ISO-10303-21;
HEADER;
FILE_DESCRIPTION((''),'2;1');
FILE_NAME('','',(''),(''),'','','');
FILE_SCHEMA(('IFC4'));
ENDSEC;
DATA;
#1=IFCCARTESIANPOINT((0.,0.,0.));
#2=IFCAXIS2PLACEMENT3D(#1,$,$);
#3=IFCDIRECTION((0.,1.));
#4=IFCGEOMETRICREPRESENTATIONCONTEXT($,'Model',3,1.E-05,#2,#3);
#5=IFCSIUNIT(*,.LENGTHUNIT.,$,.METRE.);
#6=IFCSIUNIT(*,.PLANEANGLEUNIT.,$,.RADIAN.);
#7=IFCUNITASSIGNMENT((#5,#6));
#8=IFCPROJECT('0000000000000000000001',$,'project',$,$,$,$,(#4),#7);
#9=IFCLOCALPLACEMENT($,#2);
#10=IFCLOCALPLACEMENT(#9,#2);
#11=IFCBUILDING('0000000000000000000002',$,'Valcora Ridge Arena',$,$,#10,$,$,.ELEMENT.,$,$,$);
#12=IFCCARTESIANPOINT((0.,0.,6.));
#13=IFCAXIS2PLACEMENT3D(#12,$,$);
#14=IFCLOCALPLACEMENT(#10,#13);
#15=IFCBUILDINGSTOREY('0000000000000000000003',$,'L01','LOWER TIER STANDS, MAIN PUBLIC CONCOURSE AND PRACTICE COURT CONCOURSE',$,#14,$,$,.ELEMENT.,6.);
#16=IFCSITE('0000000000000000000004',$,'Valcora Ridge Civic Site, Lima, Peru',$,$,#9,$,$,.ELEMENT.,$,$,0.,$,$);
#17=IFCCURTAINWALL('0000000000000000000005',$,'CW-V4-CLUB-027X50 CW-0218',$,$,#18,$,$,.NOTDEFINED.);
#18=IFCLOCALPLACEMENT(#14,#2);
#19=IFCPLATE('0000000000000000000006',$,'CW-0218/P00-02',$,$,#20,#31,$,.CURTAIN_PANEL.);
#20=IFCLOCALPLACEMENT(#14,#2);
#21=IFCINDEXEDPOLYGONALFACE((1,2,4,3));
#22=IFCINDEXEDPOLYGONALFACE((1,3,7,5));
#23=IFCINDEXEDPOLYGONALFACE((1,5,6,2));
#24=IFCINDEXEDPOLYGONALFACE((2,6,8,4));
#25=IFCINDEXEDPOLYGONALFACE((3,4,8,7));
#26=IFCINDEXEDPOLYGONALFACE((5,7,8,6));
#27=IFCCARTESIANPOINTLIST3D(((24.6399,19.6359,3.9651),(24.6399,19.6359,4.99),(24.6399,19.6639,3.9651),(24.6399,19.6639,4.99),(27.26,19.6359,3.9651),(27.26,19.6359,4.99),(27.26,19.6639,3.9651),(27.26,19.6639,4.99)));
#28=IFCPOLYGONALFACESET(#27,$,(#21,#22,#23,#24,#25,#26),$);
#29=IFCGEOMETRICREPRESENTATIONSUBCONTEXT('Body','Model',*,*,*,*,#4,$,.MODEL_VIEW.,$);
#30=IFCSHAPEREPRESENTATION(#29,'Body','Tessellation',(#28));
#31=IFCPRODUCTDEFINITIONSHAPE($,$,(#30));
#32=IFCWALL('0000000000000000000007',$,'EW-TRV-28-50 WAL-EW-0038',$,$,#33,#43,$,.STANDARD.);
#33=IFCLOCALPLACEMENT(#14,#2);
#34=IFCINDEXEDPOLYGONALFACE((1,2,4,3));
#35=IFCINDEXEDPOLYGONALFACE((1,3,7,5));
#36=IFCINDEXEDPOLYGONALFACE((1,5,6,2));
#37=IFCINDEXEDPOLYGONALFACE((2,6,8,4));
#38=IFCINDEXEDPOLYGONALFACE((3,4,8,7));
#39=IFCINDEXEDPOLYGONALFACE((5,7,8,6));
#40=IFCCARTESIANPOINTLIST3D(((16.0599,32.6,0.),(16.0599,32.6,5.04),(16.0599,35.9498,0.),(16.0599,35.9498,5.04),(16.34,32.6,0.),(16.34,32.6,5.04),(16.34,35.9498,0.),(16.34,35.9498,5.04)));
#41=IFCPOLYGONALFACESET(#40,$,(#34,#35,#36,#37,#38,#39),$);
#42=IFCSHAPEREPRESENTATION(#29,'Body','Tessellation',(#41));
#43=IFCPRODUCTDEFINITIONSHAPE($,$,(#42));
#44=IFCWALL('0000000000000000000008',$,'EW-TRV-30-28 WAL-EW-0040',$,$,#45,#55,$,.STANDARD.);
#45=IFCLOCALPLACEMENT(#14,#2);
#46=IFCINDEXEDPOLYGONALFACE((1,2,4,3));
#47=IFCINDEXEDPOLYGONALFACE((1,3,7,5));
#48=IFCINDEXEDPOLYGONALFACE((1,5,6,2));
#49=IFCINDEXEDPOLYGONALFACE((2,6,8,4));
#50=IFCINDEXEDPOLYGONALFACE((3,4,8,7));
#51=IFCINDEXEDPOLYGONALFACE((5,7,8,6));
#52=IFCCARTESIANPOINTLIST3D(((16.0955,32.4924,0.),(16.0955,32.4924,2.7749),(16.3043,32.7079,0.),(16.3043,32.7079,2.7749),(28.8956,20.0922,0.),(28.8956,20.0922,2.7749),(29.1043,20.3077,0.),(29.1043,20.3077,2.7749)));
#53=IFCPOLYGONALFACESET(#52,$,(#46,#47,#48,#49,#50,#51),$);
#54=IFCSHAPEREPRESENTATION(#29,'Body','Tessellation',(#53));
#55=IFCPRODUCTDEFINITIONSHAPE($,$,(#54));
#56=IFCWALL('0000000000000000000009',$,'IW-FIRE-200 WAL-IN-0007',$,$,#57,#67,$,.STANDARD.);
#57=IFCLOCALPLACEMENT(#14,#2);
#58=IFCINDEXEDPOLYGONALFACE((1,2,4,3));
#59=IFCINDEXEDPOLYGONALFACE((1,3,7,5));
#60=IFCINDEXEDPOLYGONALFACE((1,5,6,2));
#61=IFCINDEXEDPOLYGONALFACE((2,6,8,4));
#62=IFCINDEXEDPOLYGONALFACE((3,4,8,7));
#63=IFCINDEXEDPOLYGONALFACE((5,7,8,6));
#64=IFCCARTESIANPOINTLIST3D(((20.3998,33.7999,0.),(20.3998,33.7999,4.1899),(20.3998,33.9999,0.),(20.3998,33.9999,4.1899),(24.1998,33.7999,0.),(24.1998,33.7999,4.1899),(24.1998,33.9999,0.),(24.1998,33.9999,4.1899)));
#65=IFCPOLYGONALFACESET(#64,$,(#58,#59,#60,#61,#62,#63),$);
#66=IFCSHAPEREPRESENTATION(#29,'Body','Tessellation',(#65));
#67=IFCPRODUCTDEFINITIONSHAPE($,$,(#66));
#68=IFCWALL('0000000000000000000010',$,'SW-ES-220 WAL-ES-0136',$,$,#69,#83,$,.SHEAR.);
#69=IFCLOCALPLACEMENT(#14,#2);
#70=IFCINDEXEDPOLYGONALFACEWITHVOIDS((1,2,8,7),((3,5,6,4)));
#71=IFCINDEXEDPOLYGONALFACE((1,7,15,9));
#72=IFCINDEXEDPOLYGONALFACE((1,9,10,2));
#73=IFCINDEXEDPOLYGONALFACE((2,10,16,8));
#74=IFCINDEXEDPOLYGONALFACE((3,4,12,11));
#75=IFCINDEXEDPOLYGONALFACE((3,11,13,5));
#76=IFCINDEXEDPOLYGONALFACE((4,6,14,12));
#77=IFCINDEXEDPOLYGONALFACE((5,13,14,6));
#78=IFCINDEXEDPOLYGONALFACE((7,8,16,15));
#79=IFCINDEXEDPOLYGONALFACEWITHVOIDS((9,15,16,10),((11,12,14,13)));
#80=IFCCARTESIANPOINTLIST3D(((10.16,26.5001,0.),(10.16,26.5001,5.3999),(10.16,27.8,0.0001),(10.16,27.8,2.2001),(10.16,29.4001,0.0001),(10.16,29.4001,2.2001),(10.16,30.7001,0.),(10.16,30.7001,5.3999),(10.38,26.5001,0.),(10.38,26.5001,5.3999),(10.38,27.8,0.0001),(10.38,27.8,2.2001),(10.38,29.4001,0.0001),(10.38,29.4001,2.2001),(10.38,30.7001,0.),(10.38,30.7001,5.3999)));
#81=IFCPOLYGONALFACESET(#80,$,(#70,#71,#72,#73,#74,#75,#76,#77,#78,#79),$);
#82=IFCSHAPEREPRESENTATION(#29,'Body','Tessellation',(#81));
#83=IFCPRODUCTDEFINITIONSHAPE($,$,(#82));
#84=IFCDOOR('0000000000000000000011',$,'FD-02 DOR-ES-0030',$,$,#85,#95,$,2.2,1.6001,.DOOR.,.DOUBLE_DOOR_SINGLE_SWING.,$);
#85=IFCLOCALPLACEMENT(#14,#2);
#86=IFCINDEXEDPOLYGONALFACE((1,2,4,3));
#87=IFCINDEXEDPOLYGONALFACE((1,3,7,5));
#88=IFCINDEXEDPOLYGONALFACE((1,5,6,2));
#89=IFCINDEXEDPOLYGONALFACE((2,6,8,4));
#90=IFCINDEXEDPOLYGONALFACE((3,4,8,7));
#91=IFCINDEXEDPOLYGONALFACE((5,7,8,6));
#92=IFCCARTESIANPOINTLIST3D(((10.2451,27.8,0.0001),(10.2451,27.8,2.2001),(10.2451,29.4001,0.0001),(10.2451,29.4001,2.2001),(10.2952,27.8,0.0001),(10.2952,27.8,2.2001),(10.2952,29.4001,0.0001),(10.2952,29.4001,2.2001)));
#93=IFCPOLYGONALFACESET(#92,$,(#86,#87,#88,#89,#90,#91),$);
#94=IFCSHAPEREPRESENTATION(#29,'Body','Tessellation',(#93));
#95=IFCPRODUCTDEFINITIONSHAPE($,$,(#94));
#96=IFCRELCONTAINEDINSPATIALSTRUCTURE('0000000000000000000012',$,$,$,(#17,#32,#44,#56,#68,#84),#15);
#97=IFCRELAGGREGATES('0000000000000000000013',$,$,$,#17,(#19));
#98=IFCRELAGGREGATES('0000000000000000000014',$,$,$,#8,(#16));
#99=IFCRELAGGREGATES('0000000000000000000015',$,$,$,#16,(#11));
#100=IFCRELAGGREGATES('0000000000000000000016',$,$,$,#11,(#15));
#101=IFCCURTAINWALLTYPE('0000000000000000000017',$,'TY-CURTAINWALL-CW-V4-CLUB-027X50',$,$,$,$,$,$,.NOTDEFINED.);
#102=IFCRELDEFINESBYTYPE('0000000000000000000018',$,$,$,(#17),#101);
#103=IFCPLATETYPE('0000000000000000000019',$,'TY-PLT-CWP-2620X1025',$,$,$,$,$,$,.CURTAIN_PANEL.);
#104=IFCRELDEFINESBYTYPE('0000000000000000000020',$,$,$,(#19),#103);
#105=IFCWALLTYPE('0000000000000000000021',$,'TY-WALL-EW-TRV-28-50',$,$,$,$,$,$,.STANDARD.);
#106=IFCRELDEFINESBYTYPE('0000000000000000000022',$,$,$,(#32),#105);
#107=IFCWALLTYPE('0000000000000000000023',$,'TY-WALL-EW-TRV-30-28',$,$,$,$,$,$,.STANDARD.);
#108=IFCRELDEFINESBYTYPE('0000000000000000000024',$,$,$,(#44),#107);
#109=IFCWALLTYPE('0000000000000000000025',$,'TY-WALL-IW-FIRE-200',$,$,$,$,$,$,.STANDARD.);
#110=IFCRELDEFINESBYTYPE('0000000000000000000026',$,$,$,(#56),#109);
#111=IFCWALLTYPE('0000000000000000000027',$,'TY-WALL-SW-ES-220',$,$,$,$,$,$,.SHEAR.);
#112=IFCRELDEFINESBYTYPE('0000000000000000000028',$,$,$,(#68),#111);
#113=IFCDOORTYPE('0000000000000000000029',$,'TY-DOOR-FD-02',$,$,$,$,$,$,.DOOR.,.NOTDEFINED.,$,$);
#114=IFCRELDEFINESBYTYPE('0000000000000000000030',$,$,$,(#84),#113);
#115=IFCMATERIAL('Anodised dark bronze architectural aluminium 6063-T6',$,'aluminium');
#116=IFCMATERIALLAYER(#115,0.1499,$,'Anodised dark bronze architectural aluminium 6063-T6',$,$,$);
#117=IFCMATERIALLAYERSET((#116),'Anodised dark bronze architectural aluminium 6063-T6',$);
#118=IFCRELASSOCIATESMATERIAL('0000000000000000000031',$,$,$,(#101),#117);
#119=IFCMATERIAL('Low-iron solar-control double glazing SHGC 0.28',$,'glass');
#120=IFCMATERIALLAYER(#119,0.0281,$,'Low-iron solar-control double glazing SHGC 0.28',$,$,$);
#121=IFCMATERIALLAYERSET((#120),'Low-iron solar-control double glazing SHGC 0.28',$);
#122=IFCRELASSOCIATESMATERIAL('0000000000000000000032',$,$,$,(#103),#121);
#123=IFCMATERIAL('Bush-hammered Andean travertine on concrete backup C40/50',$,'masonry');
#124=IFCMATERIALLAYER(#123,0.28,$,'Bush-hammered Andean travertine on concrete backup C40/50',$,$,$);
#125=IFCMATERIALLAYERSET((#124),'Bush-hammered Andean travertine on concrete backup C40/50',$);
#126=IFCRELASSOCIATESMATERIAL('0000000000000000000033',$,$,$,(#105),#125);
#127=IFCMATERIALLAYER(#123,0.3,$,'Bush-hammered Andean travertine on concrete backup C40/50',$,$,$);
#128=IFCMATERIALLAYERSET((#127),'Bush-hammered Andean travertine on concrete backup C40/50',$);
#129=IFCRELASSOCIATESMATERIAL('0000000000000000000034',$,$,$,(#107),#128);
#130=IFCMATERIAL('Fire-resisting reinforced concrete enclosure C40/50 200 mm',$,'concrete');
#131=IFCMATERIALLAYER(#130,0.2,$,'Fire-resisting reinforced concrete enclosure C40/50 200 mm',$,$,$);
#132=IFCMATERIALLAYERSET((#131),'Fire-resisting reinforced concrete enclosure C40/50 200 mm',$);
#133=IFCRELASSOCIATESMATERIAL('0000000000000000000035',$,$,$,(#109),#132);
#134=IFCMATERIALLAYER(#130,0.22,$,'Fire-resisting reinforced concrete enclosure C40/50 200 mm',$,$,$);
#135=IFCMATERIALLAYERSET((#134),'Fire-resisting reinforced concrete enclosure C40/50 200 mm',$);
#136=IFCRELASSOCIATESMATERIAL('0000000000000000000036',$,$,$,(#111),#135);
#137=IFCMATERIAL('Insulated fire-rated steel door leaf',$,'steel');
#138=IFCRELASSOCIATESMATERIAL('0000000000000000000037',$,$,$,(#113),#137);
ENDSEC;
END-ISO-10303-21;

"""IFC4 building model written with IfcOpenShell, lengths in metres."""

from ifc_helpers import new_model, si_unit, direction, frame, frame_2d, origin, origin_2d, place, context, subcontext, project, spatial, rectangle, extrude, material, layer, layer_set, type_object, element, fill, aggregate, save


model = new_model("IFC4")

# Units and contexts
model_context = context("Model", 3, precision=1e-05, world=origin(), true_north=direction((0.0, 1.0)))
body_context = subcontext(model_context, "Body", "Model", "MODEL_VIEW")
ifc_project = project(units=[si_unit("LENGTHUNIT", "METRE"), si_unit("PLANEANGLEUNIT", "RADIAN")], contexts=[model_context])

# Site, building, storey
site_placement = place(None, origin())
site = spatial("IfcSite", under=ifc_project, at=site_placement, Name="Valcora Ridge Civic Site, Lima, Peru", CompositionType="ELEMENT", RefElevation=0.0)
building_placement = place(site_placement, origin())
building = spatial("IfcBuilding", under=site, at=building_placement, Name="Valcora Ridge Arena", CompositionType="ELEMENT")
storey_placement = place(building_placement, frame((0.0, 0.0, 6.0)))
storey = spatial("IfcBuildingStorey", under=building, at=storey_placement, Name="L01", Description="LOWER TIER STANDS, MAIN PUBLIC CONCOURSE AND PRACTICE COURT CONCOURSE", CompositionType="ELEMENT", Elevation=6.0)

# Curtain wall, plate
ifc_material_1 = material(Name="Anodised dark bronze architectural aluminium 6063-T6", Category="aluminium")
ifc_layer_1 = layer(ifc_material_1, 0.1499, Name="Anodised dark bronze architectural aluminium 6063-T6")
ifc_layer_set_1 = layer_set([ifc_layer_1], Name="Anodised dark bronze architectural aluminium 6063-T6")
curtain_wall_type = type_object("IfcCurtainWallType", Name="TY-CURTAINWALL-CW-V4-CLUB-027X50", PredefinedType="NOTDEFINED", material=ifc_layer_set_1)
curtain_wall_placement = place(storey_placement, origin())
curtain_wall = element("IfcCurtainWall", 1, at=curtain_wall_placement, inside=storey, type_object=curtain_wall_type, Name="CW-V4-CLUB-027X50 CW-0218", PredefinedType="NOTDEFINED")
ifc_material_2 = material(Name="Low-iron solar-control double glazing SHGC 0.28", Category="glass")
ifc_layer_2 = layer(ifc_material_2, 0.0281, Name="Low-iron solar-control double glazing SHGC 0.28")
ifc_layer_set_2 = layer_set([ifc_layer_2], Name="Low-iron solar-control double glazing SHGC 0.28")
plate_type = type_object("IfcPlateType", Name="TY-PLT-CWP-2620X1025", PredefinedType="CURTAIN_PANEL", material=ifc_layer_set_2)
plate_placement = place(storey_placement, frame((25.95, 19.6499, 3.9651), z_axis=(0.0, 0.0, 1.0), x_axis=(1.0, 0.0, 0.0)))
plate = element("IfcPlate", 2, at=plate_placement, type_object=plate_type, Name="CW-0218/P00-02", PredefinedType="CURTAIN_PANEL", context=body_context, shape_type="SweptSolid", body=[
    extrude(rectangle(XDim=2.6201, YDim=0.0281, at=origin_2d()), origin(), (0.0, 0.0, 1.0), 1.0249),
])
aggregate(curtain_wall, [plate])

# Walls
ifc_material_3 = material(Name="Bush-hammered Andean travertine on concrete backup C40/50", Category="masonry")
ifc_layer_3 = layer(ifc_material_3, 0.28, Name="Bush-hammered Andean travertine on concrete backup C40/50")
ifc_layer_set_3 = layer_set([ifc_layer_3], Name="Bush-hammered Andean travertine on concrete backup C40/50")
wall_type_1 = type_object("IfcWallType", Name="TY-WALL-EW-TRV-28-50", PredefinedType="STANDARD", material=ifc_layer_set_3)
wall_1_placement = place(storey_placement, frame((16.2, 32.6001, 0.0), z_axis=(0.0, 0.0, 1.0), x_axis=(0.0, 1.0, 0.0)))
element("IfcWall", 3, at=wall_1_placement, inside=storey, type_object=wall_type_1, Name="EW-TRV-28-50 WAL-EW-0038", PredefinedType="STANDARD", context=body_context, shape_type="SweptSolid", body=[
    extrude(rectangle(XDim=3.3499, YDim=0.28, at=frame_2d((1.6748, 0.0))), origin(), (0.0, 0.0, 1.0), 5.04),
])
ifc_layer_4 = layer(ifc_material_3, 0.3, Name="Bush-hammered Andean travertine on concrete backup C40/50")
ifc_layer_set_4 = layer_set([ifc_layer_4], Name="Bush-hammered Andean travertine on concrete backup C40/50")
wall_type_2 = type_object("IfcWallType", Name="TY-WALL-EW-TRV-30-28", PredefinedType="STANDARD", material=ifc_layer_set_4)
wall_2_placement = place(storey_placement, frame((16.2, 32.6001, 0.0), z_axis=(0.0, 0.0, 1.0), x_axis=(0.718237, -0.695798, 0.0)))
element("IfcWall", 4, at=wall_2_placement, inside=storey, type_object=wall_type_2, Name="EW-TRV-30-28 WAL-EW-0040", PredefinedType="STANDARD", context=body_context, shape_type="SweptSolid", body=[
    extrude(rectangle(XDim=17.8215, YDim=0.3, at=frame_2d((8.9106, 0.0))), origin(), (0.0, 0.0, 1.0), 2.7749),
])
ifc_material_4 = material(Name="Fire-resisting reinforced concrete enclosure C40/50 200 mm", Category="concrete")
ifc_layer_5 = layer(ifc_material_4, 0.2, Name="Fire-resisting reinforced concrete enclosure C40/50 200 mm")
ifc_layer_set_5 = layer_set([ifc_layer_5], Name="Fire-resisting reinforced concrete enclosure C40/50 200 mm")
wall_type_3 = type_object("IfcWallType", Name="TY-WALL-IW-FIRE-200", PredefinedType="STANDARD", material=ifc_layer_set_5)
wall_3_placement = place(storey_placement, frame((20.3999, 33.8999, 0.0), z_axis=(0.0, 0.0, 1.0), x_axis=(1.0, 0.0, 0.0)))
element("IfcWall", 5, at=wall_3_placement, inside=storey, type_object=wall_type_3, Name="IW-FIRE-200 WAL-IN-0007", PredefinedType="STANDARD", context=body_context, shape_type="SweptSolid", body=[
    extrude(rectangle(XDim=3.8, YDim=0.2, at=frame_2d((1.8999, 0.0))), origin(), (0.0, 0.0, 1.0), 4.1899),
])

# Wall, opening, door
ifc_layer_6 = layer(ifc_material_4, 0.22, Name="Fire-resisting reinforced concrete enclosure C40/50 200 mm")
ifc_layer_set_6 = layer_set([ifc_layer_6], Name="Fire-resisting reinforced concrete enclosure C40/50 200 mm")
wall_type_4 = type_object("IfcWallType", Name="TY-WALL-SW-ES-220", PredefinedType="SHEAR", material=ifc_layer_set_6)
wall_4_placement = place(storey_placement, frame((10.27, 26.5, 0.0), z_axis=(0.0, 0.0, 1.0), x_axis=(0.0, 1.0, 0.0)))
wall_4 = element("IfcWall", 6, at=wall_4_placement, inside=storey, type_object=wall_type_4, Name="SW-ES-220 WAL-ES-0136", PredefinedType="SHEAR", context=body_context, shape_type="SweptSolid", body=[
    extrude(rectangle(XDim=4.2, YDim=0.22, at=frame_2d((2.1001, 0.0))), origin(), (0.0, 0.0, 1.0), 5.3999),
])
opening_placement = place(wall_4_placement, frame((1.3, 0.0, 0.0)))
opening = element("IfcOpeningElement", 7, at=opening_placement, cuts=wall_4, PredefinedType="OPENING", context=body_context, shape_type="SweptSolid", body=[
    extrude(rectangle(XDim=1.6001, YDim=2.2, at=frame_2d((0.8, 1.1001))), frame((0.0, 0.1199, 0.0), z_axis=(0.0, -1.0, 0.0), x_axis=(1.0, 0.0, 0.0)), (0.0, 0.0, 1.0), 0.24),
])
ifc_material_5 = material(Name="Insulated fire-rated steel door leaf", Category="steel")
door_type = type_object("IfcDoorType", Name="TY-DOOR-FD-02", OperationType="NOTDEFINED", PredefinedType="DOOR", material=ifc_material_5)
door_placement = place(opening_placement, origin())
door = element("IfcDoor", 8, at=door_placement, inside=storey, type_object=door_type, Name="FD-02 DOR-ES-0030", OperationType="DOUBLE_DOOR_SINGLE_SWING", OverallHeight=2.2, OverallWidth=1.6001, PredefinedType="DOOR", context=body_context, shape_type="SweptSolid", body=[
    extrude(rectangle(XDim=1.6001, YDim=2.2, at=frame_2d((0.8, 1.1001))), frame((0.0, 0.0249, 0.0), z_axis=(0.0, -1.0, 0.0), x_axis=(1.0, 0.0, 0.0)), (0.0, 0.0, 1.0), 0.05),
])
fill(opening, door)

save(model, "model.ifc")
